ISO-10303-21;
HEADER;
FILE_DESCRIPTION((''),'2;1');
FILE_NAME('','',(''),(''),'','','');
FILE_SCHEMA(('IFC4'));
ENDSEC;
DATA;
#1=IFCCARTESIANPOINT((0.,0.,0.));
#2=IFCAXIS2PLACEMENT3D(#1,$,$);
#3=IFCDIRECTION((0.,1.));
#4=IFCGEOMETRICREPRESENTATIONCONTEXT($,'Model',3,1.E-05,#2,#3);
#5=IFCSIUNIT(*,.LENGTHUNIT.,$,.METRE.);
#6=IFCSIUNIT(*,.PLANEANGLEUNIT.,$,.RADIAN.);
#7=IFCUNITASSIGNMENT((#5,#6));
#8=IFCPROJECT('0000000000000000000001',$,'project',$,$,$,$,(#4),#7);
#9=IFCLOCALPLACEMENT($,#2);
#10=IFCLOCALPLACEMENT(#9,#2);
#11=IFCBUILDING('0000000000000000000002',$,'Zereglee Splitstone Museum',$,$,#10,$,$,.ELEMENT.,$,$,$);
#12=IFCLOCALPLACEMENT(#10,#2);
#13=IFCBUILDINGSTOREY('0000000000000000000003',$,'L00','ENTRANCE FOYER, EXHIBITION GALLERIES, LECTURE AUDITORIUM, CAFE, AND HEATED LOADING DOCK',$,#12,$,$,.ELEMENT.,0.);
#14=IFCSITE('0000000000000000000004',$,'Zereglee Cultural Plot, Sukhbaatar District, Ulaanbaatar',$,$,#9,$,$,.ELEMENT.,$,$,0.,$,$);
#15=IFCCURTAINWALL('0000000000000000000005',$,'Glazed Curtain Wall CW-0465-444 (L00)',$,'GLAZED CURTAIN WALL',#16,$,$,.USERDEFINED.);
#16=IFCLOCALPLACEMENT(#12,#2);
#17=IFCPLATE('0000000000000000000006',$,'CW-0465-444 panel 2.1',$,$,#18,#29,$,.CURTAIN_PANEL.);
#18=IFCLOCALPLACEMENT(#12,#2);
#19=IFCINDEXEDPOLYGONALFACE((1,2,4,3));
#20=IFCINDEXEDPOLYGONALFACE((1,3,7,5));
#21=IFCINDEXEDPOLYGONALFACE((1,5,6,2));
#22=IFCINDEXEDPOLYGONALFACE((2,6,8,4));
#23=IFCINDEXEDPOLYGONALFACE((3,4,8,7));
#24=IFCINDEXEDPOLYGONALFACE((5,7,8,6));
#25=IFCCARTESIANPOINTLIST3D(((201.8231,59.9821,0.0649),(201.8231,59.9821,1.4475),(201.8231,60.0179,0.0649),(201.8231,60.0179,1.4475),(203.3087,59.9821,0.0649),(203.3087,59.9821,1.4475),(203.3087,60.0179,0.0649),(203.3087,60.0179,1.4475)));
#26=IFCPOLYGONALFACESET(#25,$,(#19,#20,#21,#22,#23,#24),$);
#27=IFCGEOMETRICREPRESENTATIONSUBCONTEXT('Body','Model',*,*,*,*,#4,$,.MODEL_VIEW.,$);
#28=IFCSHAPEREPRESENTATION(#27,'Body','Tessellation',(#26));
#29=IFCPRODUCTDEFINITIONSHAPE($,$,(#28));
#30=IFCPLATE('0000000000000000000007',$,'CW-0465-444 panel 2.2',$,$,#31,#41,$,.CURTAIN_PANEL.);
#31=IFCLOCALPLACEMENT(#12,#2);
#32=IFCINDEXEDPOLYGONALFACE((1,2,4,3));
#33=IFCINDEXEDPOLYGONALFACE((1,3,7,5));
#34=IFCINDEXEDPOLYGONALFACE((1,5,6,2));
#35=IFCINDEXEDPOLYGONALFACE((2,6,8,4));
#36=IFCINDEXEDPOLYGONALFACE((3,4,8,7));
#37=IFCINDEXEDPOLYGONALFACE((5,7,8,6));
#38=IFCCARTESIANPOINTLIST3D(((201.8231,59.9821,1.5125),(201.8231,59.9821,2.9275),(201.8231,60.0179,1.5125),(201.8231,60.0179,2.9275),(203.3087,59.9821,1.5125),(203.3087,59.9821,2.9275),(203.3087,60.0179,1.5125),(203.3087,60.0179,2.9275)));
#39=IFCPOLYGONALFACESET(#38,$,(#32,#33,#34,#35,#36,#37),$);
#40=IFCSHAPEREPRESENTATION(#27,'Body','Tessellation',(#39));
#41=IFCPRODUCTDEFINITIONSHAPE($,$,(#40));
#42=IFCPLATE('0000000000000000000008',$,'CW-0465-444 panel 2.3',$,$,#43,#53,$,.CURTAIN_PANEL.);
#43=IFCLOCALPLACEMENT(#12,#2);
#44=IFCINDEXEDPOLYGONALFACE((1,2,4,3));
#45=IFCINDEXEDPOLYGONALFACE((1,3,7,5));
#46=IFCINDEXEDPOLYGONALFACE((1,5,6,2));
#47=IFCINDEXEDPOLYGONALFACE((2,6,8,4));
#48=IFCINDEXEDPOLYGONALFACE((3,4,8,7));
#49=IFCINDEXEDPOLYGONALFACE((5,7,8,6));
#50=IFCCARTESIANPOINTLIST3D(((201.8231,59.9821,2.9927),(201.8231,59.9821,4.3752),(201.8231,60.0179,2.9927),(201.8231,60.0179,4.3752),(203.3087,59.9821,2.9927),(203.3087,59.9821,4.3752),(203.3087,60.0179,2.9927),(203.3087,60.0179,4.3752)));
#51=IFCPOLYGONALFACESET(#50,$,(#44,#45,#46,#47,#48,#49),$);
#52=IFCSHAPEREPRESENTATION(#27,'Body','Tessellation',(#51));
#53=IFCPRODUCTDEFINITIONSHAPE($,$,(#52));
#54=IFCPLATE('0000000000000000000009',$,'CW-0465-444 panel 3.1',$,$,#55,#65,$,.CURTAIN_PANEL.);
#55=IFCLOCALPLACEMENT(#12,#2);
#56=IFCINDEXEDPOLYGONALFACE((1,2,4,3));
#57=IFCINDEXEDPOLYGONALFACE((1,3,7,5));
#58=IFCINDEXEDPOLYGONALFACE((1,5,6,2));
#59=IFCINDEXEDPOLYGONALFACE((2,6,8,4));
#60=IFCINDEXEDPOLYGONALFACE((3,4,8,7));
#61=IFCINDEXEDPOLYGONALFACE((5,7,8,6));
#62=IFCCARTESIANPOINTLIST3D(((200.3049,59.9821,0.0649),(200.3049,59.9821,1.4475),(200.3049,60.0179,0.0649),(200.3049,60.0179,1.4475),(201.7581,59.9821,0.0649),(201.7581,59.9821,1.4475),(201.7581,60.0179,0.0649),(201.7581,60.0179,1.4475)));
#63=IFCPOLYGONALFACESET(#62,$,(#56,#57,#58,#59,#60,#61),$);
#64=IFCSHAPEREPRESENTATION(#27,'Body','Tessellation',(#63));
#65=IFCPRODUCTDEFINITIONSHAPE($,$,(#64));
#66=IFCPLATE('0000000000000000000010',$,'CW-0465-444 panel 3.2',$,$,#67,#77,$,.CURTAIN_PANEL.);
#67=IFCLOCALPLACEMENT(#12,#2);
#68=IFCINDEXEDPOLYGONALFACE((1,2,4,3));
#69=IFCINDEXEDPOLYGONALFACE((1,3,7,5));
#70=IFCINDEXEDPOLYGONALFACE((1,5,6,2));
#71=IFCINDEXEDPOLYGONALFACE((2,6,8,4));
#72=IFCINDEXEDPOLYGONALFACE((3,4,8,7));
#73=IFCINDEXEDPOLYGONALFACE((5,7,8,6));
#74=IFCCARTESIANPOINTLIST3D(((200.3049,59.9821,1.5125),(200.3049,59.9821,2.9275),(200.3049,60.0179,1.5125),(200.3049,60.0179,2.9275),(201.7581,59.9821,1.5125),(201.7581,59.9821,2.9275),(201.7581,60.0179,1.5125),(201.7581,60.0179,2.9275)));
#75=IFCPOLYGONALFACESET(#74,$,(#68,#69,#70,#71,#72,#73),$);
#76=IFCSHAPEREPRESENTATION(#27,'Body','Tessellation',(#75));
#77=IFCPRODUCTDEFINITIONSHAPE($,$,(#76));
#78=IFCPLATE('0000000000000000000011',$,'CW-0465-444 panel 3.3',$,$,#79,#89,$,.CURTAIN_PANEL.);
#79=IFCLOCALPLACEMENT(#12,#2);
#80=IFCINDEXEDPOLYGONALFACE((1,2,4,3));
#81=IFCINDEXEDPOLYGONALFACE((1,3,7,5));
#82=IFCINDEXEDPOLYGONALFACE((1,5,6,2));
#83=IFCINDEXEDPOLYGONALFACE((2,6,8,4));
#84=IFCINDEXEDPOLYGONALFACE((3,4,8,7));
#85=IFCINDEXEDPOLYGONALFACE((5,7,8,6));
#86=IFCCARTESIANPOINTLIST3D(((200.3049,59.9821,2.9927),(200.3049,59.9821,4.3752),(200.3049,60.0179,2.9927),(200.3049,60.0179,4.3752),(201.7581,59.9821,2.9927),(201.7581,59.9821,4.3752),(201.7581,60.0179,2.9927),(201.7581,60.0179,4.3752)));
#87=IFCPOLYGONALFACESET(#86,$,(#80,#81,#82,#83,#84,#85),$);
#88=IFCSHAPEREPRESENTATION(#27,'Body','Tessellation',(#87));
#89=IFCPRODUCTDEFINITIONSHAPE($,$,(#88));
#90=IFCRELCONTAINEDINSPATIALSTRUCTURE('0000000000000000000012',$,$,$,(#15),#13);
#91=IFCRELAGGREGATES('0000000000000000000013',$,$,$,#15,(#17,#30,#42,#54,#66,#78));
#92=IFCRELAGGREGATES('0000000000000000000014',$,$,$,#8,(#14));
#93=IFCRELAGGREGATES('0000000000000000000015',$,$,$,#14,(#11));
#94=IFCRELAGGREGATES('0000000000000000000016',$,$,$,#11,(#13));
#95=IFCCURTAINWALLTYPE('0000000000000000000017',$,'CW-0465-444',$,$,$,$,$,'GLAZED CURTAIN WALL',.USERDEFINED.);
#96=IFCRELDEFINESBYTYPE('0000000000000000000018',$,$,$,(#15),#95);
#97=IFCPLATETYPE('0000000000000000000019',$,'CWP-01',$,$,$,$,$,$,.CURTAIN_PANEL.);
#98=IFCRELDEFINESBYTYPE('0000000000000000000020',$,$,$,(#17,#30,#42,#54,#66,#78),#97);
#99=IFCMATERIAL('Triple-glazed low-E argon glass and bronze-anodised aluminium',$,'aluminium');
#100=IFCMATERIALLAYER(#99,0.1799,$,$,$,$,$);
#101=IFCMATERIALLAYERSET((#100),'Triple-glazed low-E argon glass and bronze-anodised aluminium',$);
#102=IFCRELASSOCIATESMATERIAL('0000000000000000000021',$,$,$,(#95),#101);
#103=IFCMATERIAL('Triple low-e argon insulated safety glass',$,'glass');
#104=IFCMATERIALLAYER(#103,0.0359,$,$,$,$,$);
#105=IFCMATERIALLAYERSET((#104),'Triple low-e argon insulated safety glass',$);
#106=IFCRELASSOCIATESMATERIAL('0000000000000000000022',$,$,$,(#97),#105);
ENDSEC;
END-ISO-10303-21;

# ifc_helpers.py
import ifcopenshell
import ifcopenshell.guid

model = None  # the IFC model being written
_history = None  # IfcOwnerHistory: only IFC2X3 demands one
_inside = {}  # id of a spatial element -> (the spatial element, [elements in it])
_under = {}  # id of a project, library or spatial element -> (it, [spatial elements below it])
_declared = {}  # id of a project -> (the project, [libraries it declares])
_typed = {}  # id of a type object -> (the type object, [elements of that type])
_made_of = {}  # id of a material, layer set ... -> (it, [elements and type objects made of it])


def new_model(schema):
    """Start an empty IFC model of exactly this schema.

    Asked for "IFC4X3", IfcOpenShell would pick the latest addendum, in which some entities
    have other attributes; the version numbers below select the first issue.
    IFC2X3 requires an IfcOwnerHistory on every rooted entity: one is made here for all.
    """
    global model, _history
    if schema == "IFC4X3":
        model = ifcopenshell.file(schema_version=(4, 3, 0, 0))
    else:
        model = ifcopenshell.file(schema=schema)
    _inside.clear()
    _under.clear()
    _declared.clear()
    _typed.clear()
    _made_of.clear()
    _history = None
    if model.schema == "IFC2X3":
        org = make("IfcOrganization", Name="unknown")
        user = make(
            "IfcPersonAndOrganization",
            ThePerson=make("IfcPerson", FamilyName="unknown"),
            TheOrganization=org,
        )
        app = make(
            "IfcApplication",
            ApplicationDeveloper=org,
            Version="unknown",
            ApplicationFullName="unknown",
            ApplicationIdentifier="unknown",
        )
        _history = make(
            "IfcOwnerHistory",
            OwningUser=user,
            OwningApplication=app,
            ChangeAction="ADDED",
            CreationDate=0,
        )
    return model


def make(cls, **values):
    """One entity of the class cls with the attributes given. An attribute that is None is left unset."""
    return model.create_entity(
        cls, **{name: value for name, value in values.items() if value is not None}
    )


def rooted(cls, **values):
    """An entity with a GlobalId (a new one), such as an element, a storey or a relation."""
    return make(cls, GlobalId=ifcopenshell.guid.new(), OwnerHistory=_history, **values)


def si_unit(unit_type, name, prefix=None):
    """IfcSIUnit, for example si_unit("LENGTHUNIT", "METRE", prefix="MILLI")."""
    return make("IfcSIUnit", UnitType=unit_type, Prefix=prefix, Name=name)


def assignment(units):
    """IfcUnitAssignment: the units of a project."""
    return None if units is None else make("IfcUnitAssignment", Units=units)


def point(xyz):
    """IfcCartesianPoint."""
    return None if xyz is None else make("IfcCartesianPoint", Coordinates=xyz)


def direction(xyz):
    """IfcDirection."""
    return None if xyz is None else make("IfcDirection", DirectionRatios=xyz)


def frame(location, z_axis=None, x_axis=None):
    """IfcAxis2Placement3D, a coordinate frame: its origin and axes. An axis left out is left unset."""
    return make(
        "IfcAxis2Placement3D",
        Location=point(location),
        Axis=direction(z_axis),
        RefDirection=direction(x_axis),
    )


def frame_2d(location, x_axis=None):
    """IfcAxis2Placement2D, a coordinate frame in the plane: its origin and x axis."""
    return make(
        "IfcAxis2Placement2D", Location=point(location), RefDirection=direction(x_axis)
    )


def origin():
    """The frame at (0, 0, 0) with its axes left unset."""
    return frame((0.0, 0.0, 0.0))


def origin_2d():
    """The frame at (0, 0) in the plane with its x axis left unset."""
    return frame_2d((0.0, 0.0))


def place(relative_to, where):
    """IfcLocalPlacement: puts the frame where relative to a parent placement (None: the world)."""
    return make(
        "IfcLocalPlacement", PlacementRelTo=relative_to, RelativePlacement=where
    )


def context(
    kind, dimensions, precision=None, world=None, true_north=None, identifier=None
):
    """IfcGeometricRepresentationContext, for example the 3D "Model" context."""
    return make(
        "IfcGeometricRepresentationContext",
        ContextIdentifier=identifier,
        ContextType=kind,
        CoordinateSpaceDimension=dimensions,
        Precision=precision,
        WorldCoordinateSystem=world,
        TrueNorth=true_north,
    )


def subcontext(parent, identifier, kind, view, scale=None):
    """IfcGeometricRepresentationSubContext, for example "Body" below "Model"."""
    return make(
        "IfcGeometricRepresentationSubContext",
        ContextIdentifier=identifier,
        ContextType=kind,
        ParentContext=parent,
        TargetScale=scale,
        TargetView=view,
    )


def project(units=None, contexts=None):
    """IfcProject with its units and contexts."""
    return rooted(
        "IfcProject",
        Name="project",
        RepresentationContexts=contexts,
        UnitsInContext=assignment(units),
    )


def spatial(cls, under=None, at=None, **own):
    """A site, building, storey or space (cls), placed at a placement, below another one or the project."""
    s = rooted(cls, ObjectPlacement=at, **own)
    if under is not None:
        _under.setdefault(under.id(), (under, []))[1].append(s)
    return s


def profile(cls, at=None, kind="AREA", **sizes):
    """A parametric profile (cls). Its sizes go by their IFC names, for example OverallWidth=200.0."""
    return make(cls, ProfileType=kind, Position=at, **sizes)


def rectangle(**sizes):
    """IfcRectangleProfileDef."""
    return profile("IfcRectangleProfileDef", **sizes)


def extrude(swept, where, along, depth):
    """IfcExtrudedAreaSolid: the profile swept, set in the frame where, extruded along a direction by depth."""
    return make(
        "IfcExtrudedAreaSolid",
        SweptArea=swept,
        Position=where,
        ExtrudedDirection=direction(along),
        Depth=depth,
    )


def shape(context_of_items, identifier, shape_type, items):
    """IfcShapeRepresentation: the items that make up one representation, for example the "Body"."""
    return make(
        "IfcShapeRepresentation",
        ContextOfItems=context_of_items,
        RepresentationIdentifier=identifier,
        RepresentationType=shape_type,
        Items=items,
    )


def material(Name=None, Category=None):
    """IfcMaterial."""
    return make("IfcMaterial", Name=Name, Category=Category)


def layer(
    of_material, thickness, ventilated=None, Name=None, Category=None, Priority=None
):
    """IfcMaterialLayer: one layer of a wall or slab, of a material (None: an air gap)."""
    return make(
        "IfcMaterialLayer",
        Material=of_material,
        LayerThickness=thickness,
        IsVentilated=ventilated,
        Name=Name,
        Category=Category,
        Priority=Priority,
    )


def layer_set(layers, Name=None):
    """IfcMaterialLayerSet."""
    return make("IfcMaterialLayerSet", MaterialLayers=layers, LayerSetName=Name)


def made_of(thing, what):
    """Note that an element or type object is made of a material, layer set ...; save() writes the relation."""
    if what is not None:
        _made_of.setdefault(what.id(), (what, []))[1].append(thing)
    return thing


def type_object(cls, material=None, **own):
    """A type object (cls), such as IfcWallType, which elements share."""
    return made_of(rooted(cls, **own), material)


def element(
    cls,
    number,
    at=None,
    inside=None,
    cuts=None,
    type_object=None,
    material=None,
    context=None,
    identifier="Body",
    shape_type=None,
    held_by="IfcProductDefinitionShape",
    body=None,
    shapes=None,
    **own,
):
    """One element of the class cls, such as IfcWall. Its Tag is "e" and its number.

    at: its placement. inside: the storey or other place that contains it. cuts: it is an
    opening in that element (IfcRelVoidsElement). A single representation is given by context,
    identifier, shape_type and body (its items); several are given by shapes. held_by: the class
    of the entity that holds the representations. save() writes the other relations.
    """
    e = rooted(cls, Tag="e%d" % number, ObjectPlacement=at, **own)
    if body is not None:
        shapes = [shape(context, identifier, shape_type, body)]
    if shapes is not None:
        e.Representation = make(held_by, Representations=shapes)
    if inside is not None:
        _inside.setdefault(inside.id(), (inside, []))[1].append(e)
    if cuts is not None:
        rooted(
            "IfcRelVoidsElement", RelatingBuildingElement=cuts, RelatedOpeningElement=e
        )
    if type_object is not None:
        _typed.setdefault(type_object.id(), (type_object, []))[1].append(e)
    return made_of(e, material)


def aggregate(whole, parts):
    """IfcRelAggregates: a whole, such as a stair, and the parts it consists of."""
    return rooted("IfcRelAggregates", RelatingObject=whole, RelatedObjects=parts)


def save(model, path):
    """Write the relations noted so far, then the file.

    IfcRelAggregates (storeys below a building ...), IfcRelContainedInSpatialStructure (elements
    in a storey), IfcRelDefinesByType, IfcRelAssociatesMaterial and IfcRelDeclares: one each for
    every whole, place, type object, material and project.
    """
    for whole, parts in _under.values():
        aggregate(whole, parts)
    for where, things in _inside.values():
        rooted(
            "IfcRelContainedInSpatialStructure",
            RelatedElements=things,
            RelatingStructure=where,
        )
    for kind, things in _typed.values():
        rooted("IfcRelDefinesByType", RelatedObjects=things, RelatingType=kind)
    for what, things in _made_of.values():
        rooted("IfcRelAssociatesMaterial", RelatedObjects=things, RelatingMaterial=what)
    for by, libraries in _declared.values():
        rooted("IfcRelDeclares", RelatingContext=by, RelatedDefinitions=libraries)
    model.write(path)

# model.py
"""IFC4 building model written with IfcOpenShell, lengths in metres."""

from ifc_helpers import new_model, si_unit, direction, frame, origin, origin_2d, place, context, subcontext, project, spatial, rectangle, extrude, material, layer, layer_set, type_object, element, aggregate, save


model = new_model("IFC4")

# Units and contexts
model_context = context("Model", 3, precision=1e-05, world=origin(), true_north=direction((0.0, 1.0)))
body_context = subcontext(model_context, "Body", "Model", "MODEL_VIEW")
ifc_project = project(units=[si_unit("LENGTHUNIT", "METRE"), si_unit("PLANEANGLEUNIT", "RADIAN")], contexts=[model_context])

# Site, building, storey
site_placement = place(None, origin())
site = spatial("IfcSite", under=ifc_project, at=site_placement, Name="Zereglee Cultural Plot, Sukhbaatar District, Ulaanbaatar", CompositionType="ELEMENT", RefElevation=0.0)
building_placement = place(site_placement, origin())
building = spatial("IfcBuilding", under=site, at=building_placement, Name="Zereglee Splitstone Museum", CompositionType="ELEMENT")
storey_placement = place(building_placement, origin())
storey = spatial("IfcBuildingStorey", under=building, at=storey_placement, Name="L00", Description="ENTRANCE FOYER, EXHIBITION GALLERIES, LECTURE AUDITORIUM, CAFE, AND HEATED LOADING DOCK", CompositionType="ELEMENT", Elevation=0.0)

# Curtain wall, plates
ifc_material_1 = material(Name="Triple-glazed low-E argon glass and bronze-anodised aluminium", Category="aluminium")
ifc_layer_1 = layer(ifc_material_1, 0.1799)
ifc_layer_set_1 = layer_set([ifc_layer_1], Name="Triple-glazed low-E argon glass and bronze-anodised aluminium")
curtain_wall_type = type_object("IfcCurtainWallType", Name="CW-0465-444", ElementType="GLAZED CURTAIN WALL", PredefinedType="USERDEFINED", material=ifc_layer_set_1)
curtain_wall_placement = place(storey_placement, origin())
curtain_wall = element("IfcCurtainWall", 1, at=curtain_wall_placement, inside=storey, type_object=curtain_wall_type, Name="Glazed Curtain Wall CW-0465-444 (L00)", ObjectType="GLAZED CURTAIN WALL", PredefinedType="USERDEFINED")
ifc_material_2 = material(Name="Triple low-e argon insulated safety glass", Category="glass")
ifc_layer_2 = layer(ifc_material_2, 0.0359)
ifc_layer_set_2 = layer_set([ifc_layer_2], Name="Triple low-e argon insulated safety glass")
plate_type = type_object("IfcPlateType", Name="CWP-01", PredefinedType="CURTAIN_PANEL", material=ifc_layer_set_2)
plate_1_placement = place(storey_placement, frame((202.5659, 60.0, 0.0649), z_axis=(0.0, 0.0, 1.0), x_axis=(-1.0, 0.0, 0.0)))
plate_1 = element("IfcPlate", 2, at=plate_1_placement, type_object=plate_type, Name="CW-0465-444 panel 2.1", PredefinedType="CURTAIN_PANEL", context=body_context, shape_type="SweptSolid", body=[
    extrude(rectangle(XDim=1.4856, YDim=0.0359, at=origin_2d()), origin(), (0.0, 0.0, 1.0), 1.3826),
])
plate_2_placement = place(storey_placement, frame((202.5659, 60.0, 1.5125), z_axis=(0.0, 0.0, 1.0), x_axis=(-1.0, 0.0, 0.0)))
plate_2 = element("IfcPlate", 3, at=plate_2_placement, type_object=plate_type, Name="CW-0465-444 panel 2.2", PredefinedType="CURTAIN_PANEL", context=body_context, shape_type="SweptSolid", body=[
    extrude(rectangle(XDim=1.4856, YDim=0.0359, at=origin_2d()), origin(), (0.0, 0.0, 1.0), 1.415),
])
plate_3_placement = place(storey_placement, frame((202.5659, 60.0, 2.9927), z_axis=(0.0, 0.0, 1.0), x_axis=(-1.0, 0.0, 0.0)))
plate_3 = element("IfcPlate", 4, at=plate_3_placement, type_object=plate_type, Name="CW-0465-444 panel 2.3", PredefinedType="CURTAIN_PANEL", context=body_context, shape_type="SweptSolid", body=[
    extrude(rectangle(XDim=1.4856, YDim=0.0359, at=origin_2d()), origin(), (0.0, 0.0, 1.0), 1.3826),
])
plate_4_placement = place(storey_placement, frame((201.0315, 60.0, 0.0649), z_axis=(0.0, 0.0, 1.0), x_axis=(-1.0, 0.0, 0.0)))
plate_4 = element("IfcPlate", 5, at=plate_4_placement, type_object=plate_type, Name="CW-0465-444 panel 3.1", PredefinedType="CURTAIN_PANEL", context=body_context, shape_type="SweptSolid", body=[
    extrude(rectangle(XDim=1.4531, YDim=0.0359, at=origin_2d()), origin(), (0.0, 0.0, 1.0), 1.3826),
])
plate_5_placement = place(storey_placement, frame((201.0315, 60.0, 1.5125), z_axis=(0.0, 0.0, 1.0), x_axis=(-1.0, 0.0, 0.0)))
plate_5 = element("IfcPlate", 6, at=plate_5_placement, type_object=plate_type, Name="CW-0465-444 panel 3.2", PredefinedType="CURTAIN_PANEL", context=body_context, shape_type="SweptSolid", body=[
    extrude(rectangle(XDim=1.4531, YDim=0.0359, at=origin_2d()), origin(), (0.0, 0.0, 1.0), 1.415),
])
plate_6_placement = place(storey_placement, frame((201.0315, 60.0, 2.9927), z_axis=(0.0, 0.0, 1.0), x_axis=(-1.0, 0.0, 0.0)))
plate_6 = element("IfcPlate", 7, at=plate_6_placement, type_object=plate_type, Name="CW-0465-444 panel 3.3", PredefinedType="CURTAIN_PANEL", context=body_context, shape_type="SweptSolid", body=[
    extrude(rectangle(XDim=1.4531, YDim=0.0359, at=origin_2d()), origin(), (0.0, 0.0, 1.0), 1.3826),
])
aggregate(curtain_wall, [plate_1, plate_2, plate_3, plate_4, plate_5, plate_6])

save(model, "model.ifc")
